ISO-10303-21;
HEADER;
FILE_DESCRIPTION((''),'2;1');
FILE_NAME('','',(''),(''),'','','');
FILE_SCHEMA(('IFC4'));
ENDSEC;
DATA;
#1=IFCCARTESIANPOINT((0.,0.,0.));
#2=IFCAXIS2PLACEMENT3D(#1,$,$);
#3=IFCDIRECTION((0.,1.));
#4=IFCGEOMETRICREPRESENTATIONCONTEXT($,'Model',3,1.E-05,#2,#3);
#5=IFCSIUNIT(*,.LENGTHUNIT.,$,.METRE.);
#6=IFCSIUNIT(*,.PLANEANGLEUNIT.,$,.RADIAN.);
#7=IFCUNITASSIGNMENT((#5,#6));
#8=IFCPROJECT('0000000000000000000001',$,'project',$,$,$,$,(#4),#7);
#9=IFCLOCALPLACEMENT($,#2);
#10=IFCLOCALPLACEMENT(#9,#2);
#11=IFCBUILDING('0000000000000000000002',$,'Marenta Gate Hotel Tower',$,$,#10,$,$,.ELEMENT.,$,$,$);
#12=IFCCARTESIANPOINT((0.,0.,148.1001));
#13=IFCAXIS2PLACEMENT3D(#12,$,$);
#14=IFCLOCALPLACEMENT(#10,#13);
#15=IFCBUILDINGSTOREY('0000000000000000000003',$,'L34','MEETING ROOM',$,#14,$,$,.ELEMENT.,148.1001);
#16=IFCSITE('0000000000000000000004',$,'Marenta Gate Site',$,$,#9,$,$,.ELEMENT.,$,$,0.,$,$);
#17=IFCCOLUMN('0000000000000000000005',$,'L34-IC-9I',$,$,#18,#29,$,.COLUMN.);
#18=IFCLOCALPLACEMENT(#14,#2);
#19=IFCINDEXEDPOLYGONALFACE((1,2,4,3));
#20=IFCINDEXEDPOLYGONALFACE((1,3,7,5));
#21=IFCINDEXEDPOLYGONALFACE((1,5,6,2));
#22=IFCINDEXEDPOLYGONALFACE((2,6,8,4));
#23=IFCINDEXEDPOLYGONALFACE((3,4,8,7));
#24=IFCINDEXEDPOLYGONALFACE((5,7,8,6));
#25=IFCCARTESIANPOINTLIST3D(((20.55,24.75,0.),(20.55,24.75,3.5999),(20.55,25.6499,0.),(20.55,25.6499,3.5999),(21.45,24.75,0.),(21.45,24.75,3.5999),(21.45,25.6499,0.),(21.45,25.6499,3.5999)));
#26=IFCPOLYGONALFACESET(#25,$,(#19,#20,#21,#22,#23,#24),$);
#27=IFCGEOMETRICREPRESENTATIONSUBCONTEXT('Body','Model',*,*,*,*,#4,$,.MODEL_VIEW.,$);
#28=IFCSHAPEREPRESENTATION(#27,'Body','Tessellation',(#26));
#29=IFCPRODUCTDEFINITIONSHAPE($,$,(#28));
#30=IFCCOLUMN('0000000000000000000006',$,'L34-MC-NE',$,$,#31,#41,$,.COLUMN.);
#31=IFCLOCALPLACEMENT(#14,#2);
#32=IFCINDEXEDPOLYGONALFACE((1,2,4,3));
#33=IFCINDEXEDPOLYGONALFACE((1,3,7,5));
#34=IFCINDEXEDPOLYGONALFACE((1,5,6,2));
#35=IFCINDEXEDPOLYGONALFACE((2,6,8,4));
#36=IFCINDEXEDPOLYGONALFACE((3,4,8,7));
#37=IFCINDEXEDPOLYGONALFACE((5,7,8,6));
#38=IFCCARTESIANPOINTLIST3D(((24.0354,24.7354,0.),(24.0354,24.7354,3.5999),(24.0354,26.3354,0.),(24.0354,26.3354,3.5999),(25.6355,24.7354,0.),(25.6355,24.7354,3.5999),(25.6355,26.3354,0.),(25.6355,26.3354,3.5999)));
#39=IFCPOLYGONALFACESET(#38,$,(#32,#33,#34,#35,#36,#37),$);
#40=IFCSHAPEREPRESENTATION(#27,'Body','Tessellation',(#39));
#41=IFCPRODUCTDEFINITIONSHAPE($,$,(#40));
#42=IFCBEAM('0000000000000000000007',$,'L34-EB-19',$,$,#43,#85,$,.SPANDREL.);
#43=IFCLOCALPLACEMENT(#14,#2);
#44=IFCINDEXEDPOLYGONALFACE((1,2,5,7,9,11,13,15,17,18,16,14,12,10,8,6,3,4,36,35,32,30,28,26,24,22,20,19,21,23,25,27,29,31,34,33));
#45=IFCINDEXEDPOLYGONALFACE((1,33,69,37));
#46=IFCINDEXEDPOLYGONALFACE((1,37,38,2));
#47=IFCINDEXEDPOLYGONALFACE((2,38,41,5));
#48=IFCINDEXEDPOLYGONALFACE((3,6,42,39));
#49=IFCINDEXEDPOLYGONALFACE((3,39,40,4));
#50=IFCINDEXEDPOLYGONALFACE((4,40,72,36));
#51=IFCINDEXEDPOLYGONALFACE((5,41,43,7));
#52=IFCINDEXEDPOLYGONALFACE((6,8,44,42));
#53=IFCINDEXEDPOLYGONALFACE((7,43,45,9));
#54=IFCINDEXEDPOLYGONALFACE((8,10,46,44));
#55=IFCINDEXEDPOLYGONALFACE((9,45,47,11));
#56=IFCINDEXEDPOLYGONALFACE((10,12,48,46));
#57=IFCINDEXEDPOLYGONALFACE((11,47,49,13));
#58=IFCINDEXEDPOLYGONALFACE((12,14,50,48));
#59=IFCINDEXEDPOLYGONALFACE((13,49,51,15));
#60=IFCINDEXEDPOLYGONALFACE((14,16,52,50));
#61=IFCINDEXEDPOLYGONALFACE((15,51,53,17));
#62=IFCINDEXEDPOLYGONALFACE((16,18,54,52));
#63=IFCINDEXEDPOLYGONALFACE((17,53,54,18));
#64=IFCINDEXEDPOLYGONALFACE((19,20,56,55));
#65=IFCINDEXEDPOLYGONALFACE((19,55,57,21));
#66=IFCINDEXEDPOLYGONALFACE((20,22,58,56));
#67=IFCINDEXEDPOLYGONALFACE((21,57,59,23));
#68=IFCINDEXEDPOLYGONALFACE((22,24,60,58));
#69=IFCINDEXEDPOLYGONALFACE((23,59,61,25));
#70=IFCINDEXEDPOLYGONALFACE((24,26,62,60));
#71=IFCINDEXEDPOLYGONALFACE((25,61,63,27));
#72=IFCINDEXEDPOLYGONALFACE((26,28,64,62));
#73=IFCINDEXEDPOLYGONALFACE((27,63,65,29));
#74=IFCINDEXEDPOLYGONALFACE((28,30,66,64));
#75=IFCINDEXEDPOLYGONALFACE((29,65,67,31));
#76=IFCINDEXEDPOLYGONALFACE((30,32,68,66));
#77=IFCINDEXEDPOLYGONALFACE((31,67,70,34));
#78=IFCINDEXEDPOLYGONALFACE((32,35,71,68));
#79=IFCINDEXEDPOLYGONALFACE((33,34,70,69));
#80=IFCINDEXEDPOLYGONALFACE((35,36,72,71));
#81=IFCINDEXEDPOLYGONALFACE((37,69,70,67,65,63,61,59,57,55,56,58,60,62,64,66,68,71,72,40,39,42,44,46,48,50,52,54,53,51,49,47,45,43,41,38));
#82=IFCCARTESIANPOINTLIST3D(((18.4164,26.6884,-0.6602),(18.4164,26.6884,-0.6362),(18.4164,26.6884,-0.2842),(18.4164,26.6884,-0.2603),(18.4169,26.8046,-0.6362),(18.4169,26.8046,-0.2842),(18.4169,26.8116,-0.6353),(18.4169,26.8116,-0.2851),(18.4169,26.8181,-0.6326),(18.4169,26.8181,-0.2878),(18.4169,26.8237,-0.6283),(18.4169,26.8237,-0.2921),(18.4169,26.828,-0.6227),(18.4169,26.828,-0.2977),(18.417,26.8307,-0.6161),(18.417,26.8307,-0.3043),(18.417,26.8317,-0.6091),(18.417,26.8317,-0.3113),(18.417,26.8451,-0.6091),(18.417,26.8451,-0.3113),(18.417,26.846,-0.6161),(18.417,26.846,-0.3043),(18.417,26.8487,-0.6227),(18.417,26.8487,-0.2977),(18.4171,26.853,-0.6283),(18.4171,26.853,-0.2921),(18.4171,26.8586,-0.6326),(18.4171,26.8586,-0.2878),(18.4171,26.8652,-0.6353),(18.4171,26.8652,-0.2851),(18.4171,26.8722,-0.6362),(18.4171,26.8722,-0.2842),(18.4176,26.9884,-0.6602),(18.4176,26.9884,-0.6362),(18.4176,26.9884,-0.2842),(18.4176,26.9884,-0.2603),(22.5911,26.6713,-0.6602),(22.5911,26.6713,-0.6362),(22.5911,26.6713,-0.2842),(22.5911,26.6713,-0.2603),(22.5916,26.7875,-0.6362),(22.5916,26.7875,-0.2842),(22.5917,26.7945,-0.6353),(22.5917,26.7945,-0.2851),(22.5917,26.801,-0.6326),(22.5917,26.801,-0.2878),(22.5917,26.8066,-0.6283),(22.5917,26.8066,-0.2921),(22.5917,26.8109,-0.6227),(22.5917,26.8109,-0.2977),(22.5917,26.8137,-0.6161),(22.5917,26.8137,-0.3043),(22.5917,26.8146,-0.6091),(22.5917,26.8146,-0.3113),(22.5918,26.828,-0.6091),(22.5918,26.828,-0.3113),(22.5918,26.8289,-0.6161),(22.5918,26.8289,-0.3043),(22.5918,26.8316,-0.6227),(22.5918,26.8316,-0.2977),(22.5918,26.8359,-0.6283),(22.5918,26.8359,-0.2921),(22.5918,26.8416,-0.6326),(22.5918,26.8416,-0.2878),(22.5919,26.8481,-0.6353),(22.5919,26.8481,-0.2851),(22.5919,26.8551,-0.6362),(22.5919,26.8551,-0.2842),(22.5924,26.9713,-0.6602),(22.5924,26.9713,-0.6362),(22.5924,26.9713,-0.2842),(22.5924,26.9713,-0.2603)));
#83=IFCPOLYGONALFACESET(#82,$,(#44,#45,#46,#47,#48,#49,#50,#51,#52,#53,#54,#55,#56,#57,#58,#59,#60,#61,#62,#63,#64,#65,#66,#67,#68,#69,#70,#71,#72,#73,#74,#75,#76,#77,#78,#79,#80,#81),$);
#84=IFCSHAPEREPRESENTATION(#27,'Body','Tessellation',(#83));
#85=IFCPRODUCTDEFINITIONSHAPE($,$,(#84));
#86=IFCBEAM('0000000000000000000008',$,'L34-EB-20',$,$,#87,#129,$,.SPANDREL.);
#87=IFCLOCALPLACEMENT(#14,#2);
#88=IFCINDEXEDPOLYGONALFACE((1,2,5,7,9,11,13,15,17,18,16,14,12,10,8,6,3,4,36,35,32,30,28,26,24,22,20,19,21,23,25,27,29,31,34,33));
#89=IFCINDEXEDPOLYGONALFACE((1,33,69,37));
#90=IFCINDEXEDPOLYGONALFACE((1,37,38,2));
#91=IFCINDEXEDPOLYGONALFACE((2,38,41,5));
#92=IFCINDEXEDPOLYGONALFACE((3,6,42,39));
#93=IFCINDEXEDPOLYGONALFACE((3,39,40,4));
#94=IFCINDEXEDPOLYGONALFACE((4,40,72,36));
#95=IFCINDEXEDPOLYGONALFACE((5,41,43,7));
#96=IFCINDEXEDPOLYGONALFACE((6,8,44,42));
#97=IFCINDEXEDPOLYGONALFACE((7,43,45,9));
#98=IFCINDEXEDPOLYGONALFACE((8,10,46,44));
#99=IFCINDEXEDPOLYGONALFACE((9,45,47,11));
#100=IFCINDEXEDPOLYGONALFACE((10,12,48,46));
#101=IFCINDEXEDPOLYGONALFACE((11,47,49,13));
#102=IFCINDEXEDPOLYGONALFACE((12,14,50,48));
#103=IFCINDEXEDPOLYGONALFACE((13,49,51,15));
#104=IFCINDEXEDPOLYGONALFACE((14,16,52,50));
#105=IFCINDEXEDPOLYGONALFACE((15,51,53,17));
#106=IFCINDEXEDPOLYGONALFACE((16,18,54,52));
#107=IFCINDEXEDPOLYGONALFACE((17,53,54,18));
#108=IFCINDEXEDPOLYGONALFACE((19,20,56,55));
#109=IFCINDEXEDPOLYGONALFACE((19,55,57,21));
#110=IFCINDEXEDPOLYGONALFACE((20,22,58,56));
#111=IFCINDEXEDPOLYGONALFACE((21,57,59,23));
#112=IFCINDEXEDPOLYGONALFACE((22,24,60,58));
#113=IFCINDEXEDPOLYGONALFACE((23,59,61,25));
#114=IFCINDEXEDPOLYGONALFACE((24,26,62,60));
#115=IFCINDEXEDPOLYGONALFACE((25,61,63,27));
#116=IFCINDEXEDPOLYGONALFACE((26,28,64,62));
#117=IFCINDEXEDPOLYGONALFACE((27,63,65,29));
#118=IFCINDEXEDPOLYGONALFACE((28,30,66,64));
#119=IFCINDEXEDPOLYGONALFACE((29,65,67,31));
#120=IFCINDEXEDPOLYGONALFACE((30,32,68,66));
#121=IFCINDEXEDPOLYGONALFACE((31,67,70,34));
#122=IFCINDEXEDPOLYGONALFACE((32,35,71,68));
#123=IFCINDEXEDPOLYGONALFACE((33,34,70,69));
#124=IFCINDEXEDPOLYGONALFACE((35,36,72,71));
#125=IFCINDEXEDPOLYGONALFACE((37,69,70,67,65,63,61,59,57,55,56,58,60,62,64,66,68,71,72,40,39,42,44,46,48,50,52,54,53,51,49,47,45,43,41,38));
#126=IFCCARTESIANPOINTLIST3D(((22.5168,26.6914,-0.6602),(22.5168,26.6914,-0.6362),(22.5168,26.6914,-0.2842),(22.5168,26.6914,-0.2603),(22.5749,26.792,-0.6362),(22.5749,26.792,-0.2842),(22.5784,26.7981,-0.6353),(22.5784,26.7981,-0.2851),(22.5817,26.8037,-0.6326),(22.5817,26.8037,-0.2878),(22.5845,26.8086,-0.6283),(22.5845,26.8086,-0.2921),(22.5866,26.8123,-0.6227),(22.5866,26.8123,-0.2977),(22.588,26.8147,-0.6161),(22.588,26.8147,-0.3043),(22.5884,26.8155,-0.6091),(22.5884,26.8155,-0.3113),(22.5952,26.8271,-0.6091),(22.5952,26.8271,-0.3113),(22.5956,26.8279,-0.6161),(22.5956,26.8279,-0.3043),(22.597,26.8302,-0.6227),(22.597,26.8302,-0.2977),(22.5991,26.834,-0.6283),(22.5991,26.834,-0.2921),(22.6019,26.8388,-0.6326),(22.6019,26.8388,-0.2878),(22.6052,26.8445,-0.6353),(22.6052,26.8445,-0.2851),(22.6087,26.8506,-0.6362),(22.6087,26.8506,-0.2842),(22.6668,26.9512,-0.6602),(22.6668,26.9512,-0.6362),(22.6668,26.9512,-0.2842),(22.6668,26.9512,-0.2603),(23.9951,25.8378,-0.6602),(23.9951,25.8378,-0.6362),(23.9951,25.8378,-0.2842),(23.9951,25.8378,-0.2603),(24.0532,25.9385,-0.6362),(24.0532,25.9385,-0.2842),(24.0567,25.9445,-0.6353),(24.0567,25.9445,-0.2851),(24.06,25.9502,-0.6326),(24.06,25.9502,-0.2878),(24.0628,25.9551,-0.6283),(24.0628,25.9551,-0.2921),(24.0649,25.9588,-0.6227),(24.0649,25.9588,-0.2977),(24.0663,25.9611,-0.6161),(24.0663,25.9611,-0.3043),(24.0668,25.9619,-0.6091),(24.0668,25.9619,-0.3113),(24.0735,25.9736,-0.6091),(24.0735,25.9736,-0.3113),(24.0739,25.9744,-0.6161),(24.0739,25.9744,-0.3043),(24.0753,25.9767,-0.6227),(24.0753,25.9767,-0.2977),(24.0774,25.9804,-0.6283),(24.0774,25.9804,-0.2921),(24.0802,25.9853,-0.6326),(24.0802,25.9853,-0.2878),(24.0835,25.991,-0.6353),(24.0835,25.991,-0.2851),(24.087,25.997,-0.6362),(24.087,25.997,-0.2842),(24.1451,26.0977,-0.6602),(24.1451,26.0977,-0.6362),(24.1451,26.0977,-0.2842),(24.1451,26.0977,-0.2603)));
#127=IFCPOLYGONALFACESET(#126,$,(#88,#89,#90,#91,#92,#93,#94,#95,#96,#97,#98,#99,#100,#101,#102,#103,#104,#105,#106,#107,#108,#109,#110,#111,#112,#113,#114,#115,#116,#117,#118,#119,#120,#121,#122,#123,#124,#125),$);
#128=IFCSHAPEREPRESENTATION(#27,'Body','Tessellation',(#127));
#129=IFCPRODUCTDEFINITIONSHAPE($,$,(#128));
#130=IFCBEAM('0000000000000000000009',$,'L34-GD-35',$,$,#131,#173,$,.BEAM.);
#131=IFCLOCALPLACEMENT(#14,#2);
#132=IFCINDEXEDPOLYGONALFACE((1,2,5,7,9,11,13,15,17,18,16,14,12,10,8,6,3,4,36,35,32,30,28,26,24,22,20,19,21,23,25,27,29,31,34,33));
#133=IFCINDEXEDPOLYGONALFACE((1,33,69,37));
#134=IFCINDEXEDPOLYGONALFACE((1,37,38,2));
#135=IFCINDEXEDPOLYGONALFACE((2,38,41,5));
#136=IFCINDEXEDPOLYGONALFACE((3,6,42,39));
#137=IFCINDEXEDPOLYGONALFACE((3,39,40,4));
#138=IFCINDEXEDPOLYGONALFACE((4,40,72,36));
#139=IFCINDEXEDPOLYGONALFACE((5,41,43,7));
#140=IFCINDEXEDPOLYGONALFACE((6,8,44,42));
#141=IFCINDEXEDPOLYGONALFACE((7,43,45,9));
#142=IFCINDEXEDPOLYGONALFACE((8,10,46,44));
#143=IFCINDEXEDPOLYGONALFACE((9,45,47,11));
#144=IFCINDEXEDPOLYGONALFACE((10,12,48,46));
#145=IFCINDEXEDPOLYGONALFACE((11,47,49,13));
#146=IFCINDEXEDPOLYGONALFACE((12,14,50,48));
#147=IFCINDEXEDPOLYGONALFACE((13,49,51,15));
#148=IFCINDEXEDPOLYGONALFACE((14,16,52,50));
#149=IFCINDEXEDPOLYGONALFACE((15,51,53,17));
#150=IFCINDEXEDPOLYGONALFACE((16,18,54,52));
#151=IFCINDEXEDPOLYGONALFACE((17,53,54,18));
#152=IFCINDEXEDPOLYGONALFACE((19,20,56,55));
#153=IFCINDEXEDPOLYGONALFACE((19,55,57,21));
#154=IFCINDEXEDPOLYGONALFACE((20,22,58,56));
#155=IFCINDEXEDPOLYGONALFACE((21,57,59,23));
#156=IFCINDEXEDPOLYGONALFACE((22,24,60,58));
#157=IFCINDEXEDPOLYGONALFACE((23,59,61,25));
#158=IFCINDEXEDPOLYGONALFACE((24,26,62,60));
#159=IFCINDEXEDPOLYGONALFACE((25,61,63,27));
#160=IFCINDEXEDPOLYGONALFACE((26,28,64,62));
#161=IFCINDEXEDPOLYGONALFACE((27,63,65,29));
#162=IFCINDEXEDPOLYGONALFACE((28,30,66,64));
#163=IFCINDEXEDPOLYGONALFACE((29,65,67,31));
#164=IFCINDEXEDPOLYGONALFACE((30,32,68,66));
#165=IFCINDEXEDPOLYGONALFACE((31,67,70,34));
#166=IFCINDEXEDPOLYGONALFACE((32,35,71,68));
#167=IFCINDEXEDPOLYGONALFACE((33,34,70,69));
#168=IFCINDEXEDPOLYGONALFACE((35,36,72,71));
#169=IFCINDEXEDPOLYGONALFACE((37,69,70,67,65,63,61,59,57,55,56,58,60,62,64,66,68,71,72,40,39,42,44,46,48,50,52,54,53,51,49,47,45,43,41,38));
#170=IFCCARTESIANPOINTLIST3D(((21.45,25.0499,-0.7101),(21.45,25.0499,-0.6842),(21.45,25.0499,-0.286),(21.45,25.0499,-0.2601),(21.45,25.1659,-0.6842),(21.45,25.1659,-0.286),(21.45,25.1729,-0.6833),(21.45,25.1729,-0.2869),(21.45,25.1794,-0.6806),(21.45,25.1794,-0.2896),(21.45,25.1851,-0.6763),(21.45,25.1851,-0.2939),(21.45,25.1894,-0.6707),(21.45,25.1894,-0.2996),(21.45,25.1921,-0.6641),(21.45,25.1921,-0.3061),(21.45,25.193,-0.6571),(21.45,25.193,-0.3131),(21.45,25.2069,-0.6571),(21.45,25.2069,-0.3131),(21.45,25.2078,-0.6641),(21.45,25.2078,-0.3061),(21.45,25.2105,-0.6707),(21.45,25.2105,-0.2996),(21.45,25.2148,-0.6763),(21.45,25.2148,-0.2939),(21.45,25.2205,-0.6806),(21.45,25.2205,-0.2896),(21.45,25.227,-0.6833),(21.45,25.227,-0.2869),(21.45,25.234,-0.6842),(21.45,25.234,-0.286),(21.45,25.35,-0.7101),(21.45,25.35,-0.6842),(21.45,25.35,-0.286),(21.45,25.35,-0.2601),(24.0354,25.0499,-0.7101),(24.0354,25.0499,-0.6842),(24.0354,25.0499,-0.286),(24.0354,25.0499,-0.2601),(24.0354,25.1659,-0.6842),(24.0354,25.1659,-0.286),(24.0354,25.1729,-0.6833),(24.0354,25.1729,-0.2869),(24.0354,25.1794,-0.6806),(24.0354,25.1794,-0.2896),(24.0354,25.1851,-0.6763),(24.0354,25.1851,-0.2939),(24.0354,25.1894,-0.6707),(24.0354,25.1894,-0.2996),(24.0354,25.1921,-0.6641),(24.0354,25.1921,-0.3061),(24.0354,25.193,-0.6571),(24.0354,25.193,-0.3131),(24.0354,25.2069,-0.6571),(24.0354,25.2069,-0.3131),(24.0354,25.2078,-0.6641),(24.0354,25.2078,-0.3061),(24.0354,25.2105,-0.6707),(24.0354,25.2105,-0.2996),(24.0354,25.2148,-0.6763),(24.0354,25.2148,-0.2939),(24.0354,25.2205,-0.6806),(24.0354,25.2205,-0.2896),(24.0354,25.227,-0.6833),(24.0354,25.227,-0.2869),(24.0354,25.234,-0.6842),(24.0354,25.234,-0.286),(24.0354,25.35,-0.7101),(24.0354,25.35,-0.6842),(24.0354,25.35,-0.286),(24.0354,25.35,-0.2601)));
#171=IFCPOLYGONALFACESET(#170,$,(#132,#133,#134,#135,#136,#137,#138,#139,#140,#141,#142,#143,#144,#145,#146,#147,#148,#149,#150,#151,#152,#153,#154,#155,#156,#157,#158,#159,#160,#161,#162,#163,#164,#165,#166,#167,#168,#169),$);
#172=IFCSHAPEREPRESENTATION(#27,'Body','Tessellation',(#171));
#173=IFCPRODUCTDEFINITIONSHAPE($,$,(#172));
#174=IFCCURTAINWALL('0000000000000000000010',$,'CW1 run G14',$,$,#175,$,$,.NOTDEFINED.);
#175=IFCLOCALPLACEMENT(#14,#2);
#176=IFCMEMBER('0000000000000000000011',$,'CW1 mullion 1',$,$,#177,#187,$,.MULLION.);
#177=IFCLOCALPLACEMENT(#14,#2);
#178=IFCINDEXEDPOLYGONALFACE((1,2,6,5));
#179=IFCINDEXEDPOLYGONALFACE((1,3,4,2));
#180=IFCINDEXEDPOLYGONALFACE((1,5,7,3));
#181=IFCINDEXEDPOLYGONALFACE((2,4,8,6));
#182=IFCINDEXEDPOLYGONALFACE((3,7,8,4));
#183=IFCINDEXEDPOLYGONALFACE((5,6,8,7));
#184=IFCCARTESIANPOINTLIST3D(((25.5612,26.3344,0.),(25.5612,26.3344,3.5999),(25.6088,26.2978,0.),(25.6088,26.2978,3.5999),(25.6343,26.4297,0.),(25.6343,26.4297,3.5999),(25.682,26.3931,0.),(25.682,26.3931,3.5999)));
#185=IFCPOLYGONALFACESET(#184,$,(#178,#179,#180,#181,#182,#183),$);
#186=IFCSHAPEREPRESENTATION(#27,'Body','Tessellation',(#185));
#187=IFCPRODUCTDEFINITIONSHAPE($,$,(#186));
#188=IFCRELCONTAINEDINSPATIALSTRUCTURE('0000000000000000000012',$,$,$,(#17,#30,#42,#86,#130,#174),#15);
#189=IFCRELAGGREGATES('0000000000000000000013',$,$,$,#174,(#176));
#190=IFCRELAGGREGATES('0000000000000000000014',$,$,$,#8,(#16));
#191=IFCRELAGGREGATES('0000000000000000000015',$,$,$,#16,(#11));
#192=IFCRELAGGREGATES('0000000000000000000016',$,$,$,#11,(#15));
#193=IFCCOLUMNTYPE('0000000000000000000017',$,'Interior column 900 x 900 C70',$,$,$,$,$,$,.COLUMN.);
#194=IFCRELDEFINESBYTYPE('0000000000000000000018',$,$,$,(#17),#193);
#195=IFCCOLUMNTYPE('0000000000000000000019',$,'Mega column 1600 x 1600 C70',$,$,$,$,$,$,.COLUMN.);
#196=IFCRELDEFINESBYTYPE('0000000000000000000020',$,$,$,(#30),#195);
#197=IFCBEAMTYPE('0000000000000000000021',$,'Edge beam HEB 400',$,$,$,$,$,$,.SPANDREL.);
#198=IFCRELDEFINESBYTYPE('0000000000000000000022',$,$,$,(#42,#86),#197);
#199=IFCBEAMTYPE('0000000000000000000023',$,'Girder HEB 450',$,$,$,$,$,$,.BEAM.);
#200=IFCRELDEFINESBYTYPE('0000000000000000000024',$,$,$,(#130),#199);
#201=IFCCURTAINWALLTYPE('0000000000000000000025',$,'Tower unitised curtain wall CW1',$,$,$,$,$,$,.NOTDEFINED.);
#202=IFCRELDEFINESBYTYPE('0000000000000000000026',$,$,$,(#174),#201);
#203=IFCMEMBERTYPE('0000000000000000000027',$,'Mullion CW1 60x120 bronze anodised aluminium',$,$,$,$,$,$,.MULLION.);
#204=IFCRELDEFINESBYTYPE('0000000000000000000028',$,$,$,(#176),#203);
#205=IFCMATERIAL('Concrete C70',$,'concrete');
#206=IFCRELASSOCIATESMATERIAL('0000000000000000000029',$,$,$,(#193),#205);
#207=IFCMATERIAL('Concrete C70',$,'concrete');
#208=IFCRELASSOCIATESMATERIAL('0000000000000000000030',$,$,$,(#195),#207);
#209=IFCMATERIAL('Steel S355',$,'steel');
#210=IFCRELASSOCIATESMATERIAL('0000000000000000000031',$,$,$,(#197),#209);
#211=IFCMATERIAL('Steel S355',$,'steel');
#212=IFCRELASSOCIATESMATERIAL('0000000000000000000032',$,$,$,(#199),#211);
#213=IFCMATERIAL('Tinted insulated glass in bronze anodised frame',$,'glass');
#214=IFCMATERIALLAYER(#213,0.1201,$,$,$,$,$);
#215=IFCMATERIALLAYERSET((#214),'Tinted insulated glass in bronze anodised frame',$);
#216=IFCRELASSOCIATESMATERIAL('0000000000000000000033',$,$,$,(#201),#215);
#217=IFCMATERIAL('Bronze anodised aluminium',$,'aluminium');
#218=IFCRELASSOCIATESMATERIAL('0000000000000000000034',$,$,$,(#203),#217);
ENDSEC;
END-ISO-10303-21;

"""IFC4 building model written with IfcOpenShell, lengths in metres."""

from ifc_helpers import new_model, si_unit, direction, frame, origin, origin_2d, place, context, subcontext, project, spatial, rectangle, i_section, extrude, material, layer, layer_set, material_profile, profile_set, type_object, element, aggregate, save


model = new_model("IFC4")

# Units and contexts
model_context = context("Model", 3, precision=1e-05, world=origin(), true_north=direction((0.0, 1.0)))
body_context = subcontext(model_context, "Body", "Model", "MODEL_VIEW")
ifc_project = project(units=[si_unit("LENGTHUNIT", "METRE"), si_unit("PLANEANGLEUNIT", "RADIAN")], contexts=[model_context])

# Site, building, storey
site_placement = place(None, origin())
site = spatial("IfcSite", under=ifc_project, at=site_placement, Name="Marenta Gate Site", CompositionType="ELEMENT", RefElevation=0.0)
building_placement = place(site_placement, origin())
building = spatial("IfcBuilding", under=site, at=building_placement, Name="Marenta Gate Hotel Tower", CompositionType="ELEMENT")
storey_placement = place(building_placement, frame((0.0, 0.0, 148.1001)))
storey = spatial("IfcBuildingStorey", under=building, at=storey_placement, Name="L34", Description="MEETING ROOM", CompositionType="ELEMENT", Elevation=148.1001)

# Columns
ifc_material_1 = material(Name="Concrete C70", Category="concrete")
ifc_material_profile_1 = material_profile(ifc_material_1, rectangle(XDim=0.8999, YDim=0.8999, at=origin_2d()), Name="900 x 900")
ifc_profile_set_1 = profile_set([ifc_material_profile_1], Name="Concrete C70")
column_type_1 = type_object("IfcColumnType", Name="Interior column 900 x 900 C70", PredefinedType="COLUMN", material=ifc_profile_set_1)
column_1_placement = place(storey_placement, frame((21.0, 25.2, 0.0), z_axis=(0.0, 0.0, 1.0), x_axis=(1.0, 0.0, 0.0)))
element("IfcColumn", 1, at=column_1_placement, inside=storey, type_object=column_type_1, Name="L34-IC-9I", PredefinedType="COLUMN", context=body_context, shape_type="SweptSolid", body=[
    extrude(rectangle(XDim=0.8999, YDim=0.8999, at=origin_2d()), origin(), (0.0, 0.0, 1.0), 3.5999),
])
ifc_material_2 = material(Name="Concrete C70", Category="concrete")
ifc_material_profile_2 = material_profile(ifc_material_2, rectangle(XDim=1.6001, YDim=1.6001, at=origin_2d()), Name="1600 x 1600")
ifc_profile_set_2 = profile_set([ifc_material_profile_2], Name="Concrete C70")
column_type_2 = type_object("IfcColumnType", Name="Mega column 1600 x 1600 C70", PredefinedType="COLUMN", material=ifc_profile_set_2)
column_2_placement = place(storey_placement, frame((24.8354, 25.5354, 0.0), z_axis=(0.0, 0.0, 1.0), x_axis=(1.0, 0.0, 0.0)))
element("IfcColumn", 2, at=column_2_placement, inside=storey, type_object=column_type_2, Name="L34-MC-NE", PredefinedType="COLUMN", context=body_context, shape_type="SweptSolid", body=[
    extrude(rectangle(XDim=1.6001, YDim=1.6001, at=origin_2d()), origin(), (0.0, 0.0, 1.0), 3.5999),
])

# Beams
ifc_material_3 = material(Name="Steel S355", Category="steel")
ifc_material_profile_3 = material_profile(ifc_material_3, i_section(OverallWidth=0.3, OverallDepth=0.3999, WebThickness=0.0134, FlangeThickness=0.0239, FilletRadius=0.0271, at=origin_2d()), Name="HEB 400")
ifc_profile_set_3 = profile_set([ifc_material_profile_3], Name="Steel S355")
beam_type_1 = type_object("IfcBeamType", Name="Edge beam HEB 400", PredefinedType="SPANDREL", material=ifc_profile_set_3)
beam_1_placement = place(storey_placement, frame((18.417, 26.8384, -0.4602), z_axis=(0.999992, -0.004094, 0.0), x_axis=(0.004094, 0.999992, 0.0)))
element("IfcBeam", 3, at=beam_1_placement, inside=storey, type_object=beam_type_1, Name="L34-EB-19", PredefinedType="SPANDREL", context=body_context, shape_type="SweptSolid", body=[
    extrude(i_section(OverallWidth=0.3, OverallDepth=0.3999, WebThickness=0.0134, FlangeThickness=0.0239, FilletRadius=0.0271, at=origin_2d()), origin(), (0.0, 0.0, 1.0), 4.1748),
])
beam_2_placement = place(storey_placement, frame((22.5918, 26.8213, -0.4602), z_axis=(0.866016, -0.500015, 0.0), x_axis=(0.500015, 0.866016, 0.0)))
element("IfcBeam", 4, at=beam_2_placement, inside=storey, type_object=beam_type_1, Name="L34-EB-20", PredefinedType="SPANDREL", context=body_context, shape_type="SweptSolid", body=[
    extrude(i_section(OverallWidth=0.3, OverallDepth=0.3999, WebThickness=0.0134, FlangeThickness=0.0239, FilletRadius=0.0271, at=origin_2d()), origin(), (0.0, 0.0, 1.0), 1.707),
])
ifc_material_4 = material(Name="Steel S355", Category="steel")
ifc_material_profile_4 = material_profile(ifc_material_4, i_section(OverallWidth=0.3, OverallDepth=0.45, WebThickness=0.0139, FlangeThickness=0.0259, FilletRadius=0.0271, at=origin_2d()), Name="HEB 450")
ifc_profile_set_4 = profile_set([ifc_material_profile_4], Name="Steel S355")
beam_type_2 = type_object("IfcBeamType", Name="Girder HEB 450", PredefinedType="BEAM", material=ifc_profile_set_4)
beam_3_placement = place(storey_placement, frame((21.45, 25.2, -0.4851), z_axis=(1.0, 0.0, 0.0), x_axis=(0.0, 1.0, 0.0)))
element("IfcBeam", 5, at=beam_3_placement, inside=storey, type_object=beam_type_2, Name="L34-GD-35", PredefinedType="BEAM", context=body_context, shape_type="SweptSolid", body=[
    extrude(i_section(OverallWidth=0.3, OverallDepth=0.45, WebThickness=0.0139, FlangeThickness=0.0259, FilletRadius=0.0271, at=origin_2d()), origin(), (0.0, 0.0, 1.0), 2.5854),
])

# Curtain wall, member
ifc_material_5 = material(Name="Tinted insulated glass in bronze anodised frame", Category="glass")
ifc_layer_1 = layer(ifc_material_5, 0.1201)
ifc_layer_set_1 = layer_set([ifc_layer_1], Name="Tinted insulated glass in bronze anodised frame")
curtain_wall_type = type_object("IfcCurtainWallType", Name="Tower unitised curtain wall CW1", PredefinedType="NOTDEFINED", material=ifc_layer_set_1)
curtain_wall_1_placement = place(storey_placement, origin())
curtain_wall_1 = element("IfcCurtainWall", 6, at=curtain_wall_1_placement, inside=storey, type_object=curtain_wall_type, Name="CW1 run G14", PredefinedType="NOTDEFINED")
ifc_material_6 = material(Name="Bronze anodised aluminium", Category="aluminium")
ifc_material_profile_5 = material_profile(ifc_material_6, rectangle(XDim=0.1201, YDim=0.0601, at=origin_2d()), Name="Mullion CW1 60x120 bronze anodised aluminium")
ifc_profile_set_5 = profile_set([ifc_material_profile_5], Name="Bronze anodised aluminium")
member_type_1 = type_object("IfcMemberType", Name="Mullion CW1 60x120 bronze anodised aluminium", PredefinedType="MULLION", material=ifc_profile_set_5)
member_1_placement = place(storey_placement, frame((25.6216, 26.3638, 0.0), z_axis=(0.0, 0.0, 1.0), x_axis=(-0.608796, -0.793327, 0.0)))
member_1 = element("IfcMember", 7, at=member_1_placement, type_object=member_type_1, Name="CW1 mullion 1", PredefinedType="MULLION", context=body_context, shape_type="SweptSolid", body=[
    extrude(rectangle(XDim=0.1201, YDim=0.0601, at=origin_2d()), origin(), (0.0, 0.0, 1.0), 3.5999),
])

aggregate(curtain_wall_1, [member_1])

save(model, "model.ifc")
